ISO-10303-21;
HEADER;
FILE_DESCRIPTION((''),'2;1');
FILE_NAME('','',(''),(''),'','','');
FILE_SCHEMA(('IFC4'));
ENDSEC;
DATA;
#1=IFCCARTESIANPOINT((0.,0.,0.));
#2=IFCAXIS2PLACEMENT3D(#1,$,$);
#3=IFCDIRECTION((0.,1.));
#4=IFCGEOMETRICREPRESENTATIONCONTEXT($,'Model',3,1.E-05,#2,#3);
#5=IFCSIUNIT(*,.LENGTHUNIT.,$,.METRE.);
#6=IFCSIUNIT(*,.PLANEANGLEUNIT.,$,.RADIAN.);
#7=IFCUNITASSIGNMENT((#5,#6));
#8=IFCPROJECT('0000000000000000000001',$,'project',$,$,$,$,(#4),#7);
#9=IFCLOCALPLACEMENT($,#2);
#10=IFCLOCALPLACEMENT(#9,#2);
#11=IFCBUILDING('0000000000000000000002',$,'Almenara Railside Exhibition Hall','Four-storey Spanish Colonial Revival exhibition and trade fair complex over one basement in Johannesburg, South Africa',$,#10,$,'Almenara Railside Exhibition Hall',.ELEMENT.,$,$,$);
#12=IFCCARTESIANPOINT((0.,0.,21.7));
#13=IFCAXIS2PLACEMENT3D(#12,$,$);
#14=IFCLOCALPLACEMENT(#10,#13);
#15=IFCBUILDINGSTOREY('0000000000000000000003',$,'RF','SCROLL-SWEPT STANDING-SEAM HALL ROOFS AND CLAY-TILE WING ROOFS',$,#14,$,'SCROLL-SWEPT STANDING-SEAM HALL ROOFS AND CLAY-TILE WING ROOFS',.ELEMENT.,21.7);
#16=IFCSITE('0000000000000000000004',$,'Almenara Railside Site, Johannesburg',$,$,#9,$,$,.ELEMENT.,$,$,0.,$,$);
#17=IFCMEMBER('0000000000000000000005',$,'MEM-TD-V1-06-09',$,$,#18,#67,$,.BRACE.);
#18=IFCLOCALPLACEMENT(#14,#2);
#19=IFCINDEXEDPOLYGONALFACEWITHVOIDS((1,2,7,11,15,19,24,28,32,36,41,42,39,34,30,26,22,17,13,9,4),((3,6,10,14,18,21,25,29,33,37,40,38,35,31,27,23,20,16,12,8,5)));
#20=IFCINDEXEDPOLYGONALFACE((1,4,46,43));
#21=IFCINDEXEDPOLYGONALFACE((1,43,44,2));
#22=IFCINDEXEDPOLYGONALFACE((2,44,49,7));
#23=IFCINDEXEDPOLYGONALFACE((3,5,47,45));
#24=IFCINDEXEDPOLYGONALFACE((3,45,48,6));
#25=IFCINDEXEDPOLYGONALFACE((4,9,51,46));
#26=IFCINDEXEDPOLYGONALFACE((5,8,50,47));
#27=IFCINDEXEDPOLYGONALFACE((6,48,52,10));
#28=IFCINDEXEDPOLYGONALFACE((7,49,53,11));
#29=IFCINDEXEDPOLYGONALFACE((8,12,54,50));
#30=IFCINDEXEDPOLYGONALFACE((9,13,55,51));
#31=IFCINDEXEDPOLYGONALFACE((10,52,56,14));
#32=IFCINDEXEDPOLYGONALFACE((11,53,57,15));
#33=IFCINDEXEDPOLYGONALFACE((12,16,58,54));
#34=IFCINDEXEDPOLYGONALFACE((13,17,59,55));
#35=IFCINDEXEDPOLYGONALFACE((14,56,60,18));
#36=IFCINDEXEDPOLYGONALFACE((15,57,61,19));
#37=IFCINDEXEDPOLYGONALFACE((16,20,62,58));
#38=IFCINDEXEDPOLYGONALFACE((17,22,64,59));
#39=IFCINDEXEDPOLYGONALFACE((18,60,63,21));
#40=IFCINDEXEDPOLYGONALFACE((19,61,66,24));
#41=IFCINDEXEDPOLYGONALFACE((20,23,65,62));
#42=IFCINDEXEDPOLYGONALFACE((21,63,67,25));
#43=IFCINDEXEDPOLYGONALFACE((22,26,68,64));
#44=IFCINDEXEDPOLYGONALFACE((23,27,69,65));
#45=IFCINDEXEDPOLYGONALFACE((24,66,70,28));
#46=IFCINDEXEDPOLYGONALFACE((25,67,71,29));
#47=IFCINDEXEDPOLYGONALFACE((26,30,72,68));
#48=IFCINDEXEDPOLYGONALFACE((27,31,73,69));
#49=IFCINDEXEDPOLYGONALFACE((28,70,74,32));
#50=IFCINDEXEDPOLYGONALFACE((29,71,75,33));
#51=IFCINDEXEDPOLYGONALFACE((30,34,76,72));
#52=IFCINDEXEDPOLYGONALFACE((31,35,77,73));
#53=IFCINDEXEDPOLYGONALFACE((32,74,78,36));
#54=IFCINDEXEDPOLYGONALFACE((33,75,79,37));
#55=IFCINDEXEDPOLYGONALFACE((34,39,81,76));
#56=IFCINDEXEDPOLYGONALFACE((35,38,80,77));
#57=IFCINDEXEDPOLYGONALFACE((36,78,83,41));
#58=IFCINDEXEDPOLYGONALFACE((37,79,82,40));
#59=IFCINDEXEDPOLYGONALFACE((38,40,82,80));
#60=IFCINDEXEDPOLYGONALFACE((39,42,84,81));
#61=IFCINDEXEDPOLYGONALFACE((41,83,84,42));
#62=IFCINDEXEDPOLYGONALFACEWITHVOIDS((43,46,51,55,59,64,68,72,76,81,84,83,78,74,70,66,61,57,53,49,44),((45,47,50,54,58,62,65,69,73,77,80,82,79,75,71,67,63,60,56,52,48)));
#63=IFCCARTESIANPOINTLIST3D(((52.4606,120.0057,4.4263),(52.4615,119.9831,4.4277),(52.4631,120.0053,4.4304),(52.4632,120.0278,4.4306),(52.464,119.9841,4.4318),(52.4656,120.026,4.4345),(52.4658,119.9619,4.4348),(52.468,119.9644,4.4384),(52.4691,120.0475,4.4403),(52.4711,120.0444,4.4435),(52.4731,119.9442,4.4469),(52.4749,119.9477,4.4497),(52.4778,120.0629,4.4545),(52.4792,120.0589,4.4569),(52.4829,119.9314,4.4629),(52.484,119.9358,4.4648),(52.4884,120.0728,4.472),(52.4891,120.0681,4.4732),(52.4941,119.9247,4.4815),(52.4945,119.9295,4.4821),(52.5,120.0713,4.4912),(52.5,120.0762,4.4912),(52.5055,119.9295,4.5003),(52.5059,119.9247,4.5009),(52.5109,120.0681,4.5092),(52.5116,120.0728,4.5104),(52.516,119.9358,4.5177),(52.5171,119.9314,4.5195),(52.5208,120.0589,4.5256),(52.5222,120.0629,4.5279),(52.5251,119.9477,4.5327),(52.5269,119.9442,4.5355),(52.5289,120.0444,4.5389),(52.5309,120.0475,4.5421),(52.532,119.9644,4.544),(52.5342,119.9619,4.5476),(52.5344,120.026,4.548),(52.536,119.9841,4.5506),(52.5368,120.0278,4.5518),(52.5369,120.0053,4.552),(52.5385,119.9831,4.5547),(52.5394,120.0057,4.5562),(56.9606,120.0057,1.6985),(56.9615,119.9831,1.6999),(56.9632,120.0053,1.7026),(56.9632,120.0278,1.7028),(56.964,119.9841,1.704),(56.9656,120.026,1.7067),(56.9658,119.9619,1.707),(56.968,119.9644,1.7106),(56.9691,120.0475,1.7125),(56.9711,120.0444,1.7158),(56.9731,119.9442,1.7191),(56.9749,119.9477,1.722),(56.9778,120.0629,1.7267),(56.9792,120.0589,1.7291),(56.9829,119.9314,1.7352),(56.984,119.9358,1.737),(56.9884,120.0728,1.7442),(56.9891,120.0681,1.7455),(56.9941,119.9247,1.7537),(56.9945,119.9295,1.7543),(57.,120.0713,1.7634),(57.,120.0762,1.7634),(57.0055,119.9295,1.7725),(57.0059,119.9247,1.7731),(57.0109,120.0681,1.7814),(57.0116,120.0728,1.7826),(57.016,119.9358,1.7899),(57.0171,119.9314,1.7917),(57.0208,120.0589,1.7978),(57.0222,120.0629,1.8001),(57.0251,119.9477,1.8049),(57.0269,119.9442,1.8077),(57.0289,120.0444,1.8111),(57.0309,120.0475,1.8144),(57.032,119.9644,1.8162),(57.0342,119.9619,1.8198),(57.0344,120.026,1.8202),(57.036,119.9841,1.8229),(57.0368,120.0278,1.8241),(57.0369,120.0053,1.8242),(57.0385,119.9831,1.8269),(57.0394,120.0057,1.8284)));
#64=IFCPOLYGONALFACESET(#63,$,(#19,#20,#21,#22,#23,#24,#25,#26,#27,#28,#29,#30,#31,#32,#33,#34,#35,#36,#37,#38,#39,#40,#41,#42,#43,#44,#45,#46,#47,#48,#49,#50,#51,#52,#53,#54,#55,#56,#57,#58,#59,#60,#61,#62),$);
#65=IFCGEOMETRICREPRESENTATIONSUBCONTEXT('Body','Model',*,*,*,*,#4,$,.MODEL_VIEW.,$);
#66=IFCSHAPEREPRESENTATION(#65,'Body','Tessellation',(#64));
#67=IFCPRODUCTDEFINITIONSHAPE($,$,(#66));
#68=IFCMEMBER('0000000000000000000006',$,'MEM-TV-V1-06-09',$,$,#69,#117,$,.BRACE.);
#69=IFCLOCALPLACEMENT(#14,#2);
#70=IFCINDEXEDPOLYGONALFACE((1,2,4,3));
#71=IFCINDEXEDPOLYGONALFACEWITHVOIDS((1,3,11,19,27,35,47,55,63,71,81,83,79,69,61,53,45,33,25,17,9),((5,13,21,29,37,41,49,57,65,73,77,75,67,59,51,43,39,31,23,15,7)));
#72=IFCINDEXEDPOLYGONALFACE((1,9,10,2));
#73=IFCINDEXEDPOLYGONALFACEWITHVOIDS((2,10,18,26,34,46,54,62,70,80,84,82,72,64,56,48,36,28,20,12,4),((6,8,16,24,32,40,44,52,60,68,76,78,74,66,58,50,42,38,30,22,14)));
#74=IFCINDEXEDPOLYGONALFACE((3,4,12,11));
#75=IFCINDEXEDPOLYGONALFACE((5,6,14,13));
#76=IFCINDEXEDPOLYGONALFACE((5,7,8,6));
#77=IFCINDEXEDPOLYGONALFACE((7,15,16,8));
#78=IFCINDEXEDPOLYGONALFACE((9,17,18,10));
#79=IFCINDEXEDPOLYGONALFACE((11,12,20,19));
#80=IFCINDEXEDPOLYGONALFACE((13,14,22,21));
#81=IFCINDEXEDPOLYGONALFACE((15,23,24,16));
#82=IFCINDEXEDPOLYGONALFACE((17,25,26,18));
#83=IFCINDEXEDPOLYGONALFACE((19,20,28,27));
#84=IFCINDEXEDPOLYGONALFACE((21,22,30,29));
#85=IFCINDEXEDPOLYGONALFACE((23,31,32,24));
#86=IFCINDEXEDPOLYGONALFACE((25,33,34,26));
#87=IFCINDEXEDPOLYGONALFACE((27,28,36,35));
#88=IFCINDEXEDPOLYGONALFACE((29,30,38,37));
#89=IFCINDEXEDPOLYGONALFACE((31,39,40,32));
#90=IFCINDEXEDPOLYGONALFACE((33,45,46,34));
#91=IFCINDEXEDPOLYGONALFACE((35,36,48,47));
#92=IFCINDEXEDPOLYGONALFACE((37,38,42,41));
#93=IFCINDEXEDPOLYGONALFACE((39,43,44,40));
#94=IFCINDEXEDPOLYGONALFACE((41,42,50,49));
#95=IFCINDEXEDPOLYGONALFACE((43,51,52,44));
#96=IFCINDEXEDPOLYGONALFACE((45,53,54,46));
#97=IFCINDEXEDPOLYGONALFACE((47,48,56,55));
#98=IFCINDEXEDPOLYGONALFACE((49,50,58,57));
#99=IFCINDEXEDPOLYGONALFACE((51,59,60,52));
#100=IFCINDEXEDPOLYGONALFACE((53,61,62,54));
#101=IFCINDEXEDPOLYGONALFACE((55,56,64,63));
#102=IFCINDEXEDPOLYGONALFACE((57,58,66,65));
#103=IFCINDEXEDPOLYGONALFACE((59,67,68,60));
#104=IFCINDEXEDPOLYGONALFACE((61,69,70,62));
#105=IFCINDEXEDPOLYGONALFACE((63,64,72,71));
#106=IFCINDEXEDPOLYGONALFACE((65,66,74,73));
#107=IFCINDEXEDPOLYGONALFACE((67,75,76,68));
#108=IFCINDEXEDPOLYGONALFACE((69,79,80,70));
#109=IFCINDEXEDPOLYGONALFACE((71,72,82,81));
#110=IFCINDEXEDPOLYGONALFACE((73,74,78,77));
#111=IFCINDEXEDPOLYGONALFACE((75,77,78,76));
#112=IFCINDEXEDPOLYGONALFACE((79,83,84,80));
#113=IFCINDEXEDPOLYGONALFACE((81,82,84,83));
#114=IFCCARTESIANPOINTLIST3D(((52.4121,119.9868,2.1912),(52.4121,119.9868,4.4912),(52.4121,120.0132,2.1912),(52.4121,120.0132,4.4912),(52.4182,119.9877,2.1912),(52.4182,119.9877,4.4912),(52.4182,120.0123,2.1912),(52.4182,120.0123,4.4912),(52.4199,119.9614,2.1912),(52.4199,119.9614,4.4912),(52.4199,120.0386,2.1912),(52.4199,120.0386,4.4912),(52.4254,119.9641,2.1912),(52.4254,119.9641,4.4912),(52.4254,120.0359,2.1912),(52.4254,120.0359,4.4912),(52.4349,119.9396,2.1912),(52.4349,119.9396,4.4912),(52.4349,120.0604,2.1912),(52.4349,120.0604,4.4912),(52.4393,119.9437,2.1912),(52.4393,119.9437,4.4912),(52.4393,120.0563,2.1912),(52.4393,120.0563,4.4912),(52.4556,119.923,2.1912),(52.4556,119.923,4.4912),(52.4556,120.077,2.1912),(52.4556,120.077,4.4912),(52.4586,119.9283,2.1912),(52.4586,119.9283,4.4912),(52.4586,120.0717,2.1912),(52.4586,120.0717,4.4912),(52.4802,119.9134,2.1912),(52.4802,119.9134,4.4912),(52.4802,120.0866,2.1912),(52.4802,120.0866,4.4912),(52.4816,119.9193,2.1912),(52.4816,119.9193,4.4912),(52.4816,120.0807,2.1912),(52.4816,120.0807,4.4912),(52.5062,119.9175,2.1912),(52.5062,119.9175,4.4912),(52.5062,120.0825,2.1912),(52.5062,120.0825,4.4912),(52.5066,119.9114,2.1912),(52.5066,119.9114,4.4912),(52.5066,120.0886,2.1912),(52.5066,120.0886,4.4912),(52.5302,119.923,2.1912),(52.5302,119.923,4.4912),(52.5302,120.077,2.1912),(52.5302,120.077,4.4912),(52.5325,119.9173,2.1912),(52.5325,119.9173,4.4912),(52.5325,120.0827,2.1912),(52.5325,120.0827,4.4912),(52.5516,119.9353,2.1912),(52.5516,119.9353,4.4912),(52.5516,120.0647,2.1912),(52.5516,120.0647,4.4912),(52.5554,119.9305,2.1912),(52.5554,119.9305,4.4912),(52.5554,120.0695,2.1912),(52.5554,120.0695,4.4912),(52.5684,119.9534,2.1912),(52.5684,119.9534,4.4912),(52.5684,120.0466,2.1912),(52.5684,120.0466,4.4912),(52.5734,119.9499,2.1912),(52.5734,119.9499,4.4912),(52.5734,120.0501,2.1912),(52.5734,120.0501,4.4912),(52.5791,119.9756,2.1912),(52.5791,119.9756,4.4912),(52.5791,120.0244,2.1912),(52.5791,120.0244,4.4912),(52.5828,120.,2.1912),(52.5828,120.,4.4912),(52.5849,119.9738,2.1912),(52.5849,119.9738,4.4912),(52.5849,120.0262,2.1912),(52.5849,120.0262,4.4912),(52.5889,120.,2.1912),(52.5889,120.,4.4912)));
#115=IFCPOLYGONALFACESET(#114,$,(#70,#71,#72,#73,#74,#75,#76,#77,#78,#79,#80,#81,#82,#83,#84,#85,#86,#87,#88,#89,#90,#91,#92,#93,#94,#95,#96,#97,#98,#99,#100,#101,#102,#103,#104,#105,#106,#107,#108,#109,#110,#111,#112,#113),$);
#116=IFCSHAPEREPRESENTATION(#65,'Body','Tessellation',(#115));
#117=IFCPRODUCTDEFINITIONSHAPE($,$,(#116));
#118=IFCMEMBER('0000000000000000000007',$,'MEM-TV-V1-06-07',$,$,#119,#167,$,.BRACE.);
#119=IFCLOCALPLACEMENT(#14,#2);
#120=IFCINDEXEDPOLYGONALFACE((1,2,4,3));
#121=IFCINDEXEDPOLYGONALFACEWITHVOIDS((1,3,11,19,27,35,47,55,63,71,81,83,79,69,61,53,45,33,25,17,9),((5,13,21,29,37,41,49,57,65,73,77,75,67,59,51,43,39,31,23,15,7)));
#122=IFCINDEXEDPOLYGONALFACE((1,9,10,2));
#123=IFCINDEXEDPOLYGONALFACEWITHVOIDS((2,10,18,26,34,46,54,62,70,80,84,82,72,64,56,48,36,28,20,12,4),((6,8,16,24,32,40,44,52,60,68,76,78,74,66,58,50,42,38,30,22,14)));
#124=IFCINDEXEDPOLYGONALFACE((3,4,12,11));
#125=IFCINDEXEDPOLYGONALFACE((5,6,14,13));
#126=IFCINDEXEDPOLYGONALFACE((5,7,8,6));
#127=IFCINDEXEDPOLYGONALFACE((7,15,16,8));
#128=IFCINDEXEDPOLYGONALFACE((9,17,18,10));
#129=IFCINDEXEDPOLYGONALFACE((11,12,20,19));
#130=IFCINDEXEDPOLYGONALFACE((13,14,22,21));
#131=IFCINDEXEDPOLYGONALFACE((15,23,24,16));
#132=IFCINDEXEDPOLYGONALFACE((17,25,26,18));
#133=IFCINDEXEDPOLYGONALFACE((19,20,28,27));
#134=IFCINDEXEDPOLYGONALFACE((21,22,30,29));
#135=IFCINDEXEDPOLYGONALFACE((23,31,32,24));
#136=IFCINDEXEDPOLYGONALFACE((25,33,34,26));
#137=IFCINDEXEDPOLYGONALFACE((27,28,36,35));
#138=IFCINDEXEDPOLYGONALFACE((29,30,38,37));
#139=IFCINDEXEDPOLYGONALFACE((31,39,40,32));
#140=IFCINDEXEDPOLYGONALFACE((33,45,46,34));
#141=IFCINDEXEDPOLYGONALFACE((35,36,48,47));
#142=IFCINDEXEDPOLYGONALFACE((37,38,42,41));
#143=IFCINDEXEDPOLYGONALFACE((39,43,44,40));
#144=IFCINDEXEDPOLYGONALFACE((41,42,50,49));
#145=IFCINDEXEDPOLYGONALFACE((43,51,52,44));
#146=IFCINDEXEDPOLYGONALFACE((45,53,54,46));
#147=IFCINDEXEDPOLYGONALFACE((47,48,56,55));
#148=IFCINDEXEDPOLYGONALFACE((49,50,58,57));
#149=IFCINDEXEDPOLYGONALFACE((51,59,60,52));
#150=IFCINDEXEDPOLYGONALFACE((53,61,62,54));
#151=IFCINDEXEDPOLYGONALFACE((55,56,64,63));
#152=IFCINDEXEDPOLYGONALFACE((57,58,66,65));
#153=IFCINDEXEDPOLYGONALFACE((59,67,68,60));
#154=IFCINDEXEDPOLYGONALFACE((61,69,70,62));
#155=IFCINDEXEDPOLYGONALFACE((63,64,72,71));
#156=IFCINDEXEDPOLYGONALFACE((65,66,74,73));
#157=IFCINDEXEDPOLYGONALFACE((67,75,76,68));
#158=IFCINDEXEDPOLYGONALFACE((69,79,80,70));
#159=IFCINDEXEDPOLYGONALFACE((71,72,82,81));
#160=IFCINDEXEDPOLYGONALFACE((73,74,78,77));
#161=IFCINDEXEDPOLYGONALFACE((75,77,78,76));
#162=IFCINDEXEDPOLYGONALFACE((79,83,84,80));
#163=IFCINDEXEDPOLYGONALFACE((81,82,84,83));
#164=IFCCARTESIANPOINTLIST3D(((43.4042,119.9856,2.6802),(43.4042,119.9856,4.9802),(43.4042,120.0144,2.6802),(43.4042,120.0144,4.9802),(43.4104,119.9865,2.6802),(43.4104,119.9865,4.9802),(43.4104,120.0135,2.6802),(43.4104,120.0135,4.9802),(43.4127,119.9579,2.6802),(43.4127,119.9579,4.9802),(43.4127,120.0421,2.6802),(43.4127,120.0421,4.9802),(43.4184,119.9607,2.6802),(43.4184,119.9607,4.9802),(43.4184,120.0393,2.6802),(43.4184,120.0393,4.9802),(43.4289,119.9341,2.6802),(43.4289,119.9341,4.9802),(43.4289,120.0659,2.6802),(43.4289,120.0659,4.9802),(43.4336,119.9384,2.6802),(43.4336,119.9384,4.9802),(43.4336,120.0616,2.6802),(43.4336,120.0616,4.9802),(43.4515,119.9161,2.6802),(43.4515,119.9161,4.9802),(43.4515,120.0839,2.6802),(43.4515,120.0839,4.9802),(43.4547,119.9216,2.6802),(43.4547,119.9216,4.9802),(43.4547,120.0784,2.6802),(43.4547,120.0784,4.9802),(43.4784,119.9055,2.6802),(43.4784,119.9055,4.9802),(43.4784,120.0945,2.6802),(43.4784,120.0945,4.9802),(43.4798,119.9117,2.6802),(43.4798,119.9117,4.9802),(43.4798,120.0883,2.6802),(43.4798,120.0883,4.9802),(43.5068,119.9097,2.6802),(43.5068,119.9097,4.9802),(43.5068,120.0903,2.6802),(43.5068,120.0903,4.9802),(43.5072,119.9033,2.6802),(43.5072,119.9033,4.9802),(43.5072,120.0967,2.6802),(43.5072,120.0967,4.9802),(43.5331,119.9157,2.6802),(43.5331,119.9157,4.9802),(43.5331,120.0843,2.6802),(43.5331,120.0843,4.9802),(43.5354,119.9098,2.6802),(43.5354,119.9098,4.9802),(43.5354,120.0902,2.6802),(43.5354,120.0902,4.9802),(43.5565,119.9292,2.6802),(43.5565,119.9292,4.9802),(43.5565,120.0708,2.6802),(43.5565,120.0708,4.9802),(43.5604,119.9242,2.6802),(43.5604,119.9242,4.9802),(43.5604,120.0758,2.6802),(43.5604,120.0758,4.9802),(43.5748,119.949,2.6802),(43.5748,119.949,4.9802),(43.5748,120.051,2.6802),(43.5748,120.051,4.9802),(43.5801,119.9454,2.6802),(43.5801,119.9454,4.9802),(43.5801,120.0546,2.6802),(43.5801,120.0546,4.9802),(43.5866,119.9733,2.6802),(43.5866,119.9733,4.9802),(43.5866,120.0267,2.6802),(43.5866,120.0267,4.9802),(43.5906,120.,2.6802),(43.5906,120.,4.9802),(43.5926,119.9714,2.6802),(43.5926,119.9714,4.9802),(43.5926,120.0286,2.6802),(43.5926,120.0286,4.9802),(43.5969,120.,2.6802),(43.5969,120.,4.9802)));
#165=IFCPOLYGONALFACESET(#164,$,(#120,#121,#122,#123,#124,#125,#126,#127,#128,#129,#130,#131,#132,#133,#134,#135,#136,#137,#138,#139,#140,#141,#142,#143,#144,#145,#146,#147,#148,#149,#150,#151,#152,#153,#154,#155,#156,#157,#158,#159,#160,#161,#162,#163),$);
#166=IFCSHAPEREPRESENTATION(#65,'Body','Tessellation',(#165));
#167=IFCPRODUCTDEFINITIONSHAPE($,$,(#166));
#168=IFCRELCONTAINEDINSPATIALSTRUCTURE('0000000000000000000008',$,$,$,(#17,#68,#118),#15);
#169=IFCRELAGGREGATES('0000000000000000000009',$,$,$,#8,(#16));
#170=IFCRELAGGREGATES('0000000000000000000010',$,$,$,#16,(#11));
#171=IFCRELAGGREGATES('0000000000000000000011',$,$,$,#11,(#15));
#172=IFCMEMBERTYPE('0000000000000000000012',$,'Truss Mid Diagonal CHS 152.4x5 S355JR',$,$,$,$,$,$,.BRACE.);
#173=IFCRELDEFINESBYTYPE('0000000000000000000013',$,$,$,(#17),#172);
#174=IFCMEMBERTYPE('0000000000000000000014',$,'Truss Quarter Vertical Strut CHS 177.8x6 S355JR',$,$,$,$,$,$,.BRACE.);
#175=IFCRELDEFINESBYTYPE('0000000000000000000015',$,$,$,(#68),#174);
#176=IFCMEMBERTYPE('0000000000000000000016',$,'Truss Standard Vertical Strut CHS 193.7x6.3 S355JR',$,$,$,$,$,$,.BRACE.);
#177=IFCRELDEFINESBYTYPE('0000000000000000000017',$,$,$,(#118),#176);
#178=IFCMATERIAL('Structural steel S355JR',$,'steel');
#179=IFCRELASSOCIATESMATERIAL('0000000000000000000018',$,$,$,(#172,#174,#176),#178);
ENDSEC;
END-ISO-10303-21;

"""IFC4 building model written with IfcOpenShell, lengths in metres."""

from ifc_helpers import new_model, si_unit, direction, frame, origin, origin_2d, place, context, subcontext, project, spatial, hollow_circle, extrude, material, material_profile, profile_set, type_object, element, save


model = new_model("IFC4")

# Units and contexts
model_context = context("Model", 3, precision=1e-05, world=origin(), true_north=direction((0.0, 1.0)))
body_context = subcontext(model_context, "Body", "Model", "MODEL_VIEW")
ifc_project = project(units=[si_unit("LENGTHUNIT", "METRE"), si_unit("PLANEANGLEUNIT", "RADIAN")], contexts=[model_context])

# Site, building, storey
site_placement = place(None, origin())
site = spatial("IfcSite", under=ifc_project, at=site_placement, Name="Almenara Railside Site, Johannesburg", CompositionType="ELEMENT", RefElevation=0.0)
building_placement = place(site_placement, origin())
building = spatial("IfcBuilding", under=site, at=building_placement, Name="Almenara Railside Exhibition Hall", Description="Four-storey Spanish Colonial Revival exhibition and trade fair complex over one basement in Johannesburg, South Africa", LongName="Almenara Railside Exhibition Hall", CompositionType="ELEMENT")
storey_placement = place(building_placement, frame((0.0, 0.0, 21.7)))
storey = spatial("IfcBuildingStorey", under=building, at=storey_placement, Name="RF", Description="SCROLL-SWEPT STANDING-SEAM HALL ROOFS AND CLAY-TILE WING ROOFS", LongName="SCROLL-SWEPT STANDING-SEAM HALL ROOFS AND CLAY-TILE WING ROOFS", CompositionType="ELEMENT", Elevation=21.7)

# Shared definitions
ifc_material_1 = material(Name="Structural steel S355JR", Category="steel")

# Members
ifc_material_profile_1 = material_profile(ifc_material_1, hollow_circle(Radius=0.0762, WallThickness=0.0049, at=origin_2d()), Name="CHS 152.4x5")
ifc_profile_set_1 = profile_set([ifc_material_profile_1], Name="Structural steel S355JR")
member_type_1 = type_object("IfcMemberType", Name="Truss Mid Diagonal CHS 152.4x5 S355JR", PredefinedType="BRACE", material=ifc_profile_set_1)
member_1_placement = place(storey_placement, frame((52.5, 120.0, 4.4912), z_axis=(0.855155, 0.0, -0.518373), x_axis=(0.0, 1.0, 0.0)))
element("IfcMember", 1, at=member_1_placement, inside=storey, type_object=member_type_1, Name="MEM-TD-V1-06-09", PredefinedType="BRACE", context=body_context, shape_type="SweptSolid", body=[
    extrude(hollow_circle(Radius=0.0762, WallThickness=0.0049, at=origin_2d()), origin(), (0.0, 0.0, 1.0), 5.2622),
])
ifc_material_profile_2 = material_profile(ifc_material_1, hollow_circle(Radius=0.0889, WallThickness=0.0061, at=origin_2d()), Name="CHS 177.8x6")
ifc_profile_set_2 = profile_set([ifc_material_profile_2], Name="Structural steel S355JR")
member_type_2 = type_object("IfcMemberType", Name="Truss Quarter Vertical Strut CHS 177.8x6 S355JR", PredefinedType="BRACE", material=ifc_profile_set_2)
member_2_placement = place(storey_placement, frame((52.5, 120.0, 2.1912), z_axis=(0.0, 0.0, 1.0), x_axis=(1.0, 0.0, 0.0)))
element("IfcMember", 2, at=member_2_placement, inside=storey, type_object=member_type_2, Name="MEM-TV-V1-06-09", PredefinedType="BRACE", context=body_context, shape_type="SweptSolid", body=[
    extrude(hollow_circle(Radius=0.0889, WallThickness=0.0061, at=origin_2d()), origin(), (0.0, 0.0, 1.0), 2.3),
])
ifc_material_profile_3 = material_profile(ifc_material_1, hollow_circle(Radius=0.0969, WallThickness=0.0063, at=origin_2d()), Name="CHS 193.7x6.3")
ifc_profile_set_3 = profile_set([ifc_material_profile_3], Name="Structural steel S355JR")
member_type_3 = type_object("IfcMemberType", Name="Truss Standard Vertical Strut CHS 193.7x6.3 S355JR", PredefinedType="BRACE", material=ifc_profile_set_3)
for number, where, z_axis, x_axis, name in (
    (3, (43.5, 120.0, 2.6802), (0.0, 0.0, 1.0), (1.0, 0.0, 0.0), "MEM-TV-V1-06-07"),
):
    element("IfcMember", number, at=place(storey_placement, frame(where, z_axis=z_axis, x_axis=x_axis)), inside=storey, type_object=member_type_3, Name=name, PredefinedType="BRACE", context=body_context, shape_type="SweptSolid", body=[
        extrude(hollow_circle(Radius=0.0969, WallThickness=0.0063, at=origin_2d()), origin(), (0.0, 0.0, 1.0), 2.3),
    ])

save(model, "model.ifc")
